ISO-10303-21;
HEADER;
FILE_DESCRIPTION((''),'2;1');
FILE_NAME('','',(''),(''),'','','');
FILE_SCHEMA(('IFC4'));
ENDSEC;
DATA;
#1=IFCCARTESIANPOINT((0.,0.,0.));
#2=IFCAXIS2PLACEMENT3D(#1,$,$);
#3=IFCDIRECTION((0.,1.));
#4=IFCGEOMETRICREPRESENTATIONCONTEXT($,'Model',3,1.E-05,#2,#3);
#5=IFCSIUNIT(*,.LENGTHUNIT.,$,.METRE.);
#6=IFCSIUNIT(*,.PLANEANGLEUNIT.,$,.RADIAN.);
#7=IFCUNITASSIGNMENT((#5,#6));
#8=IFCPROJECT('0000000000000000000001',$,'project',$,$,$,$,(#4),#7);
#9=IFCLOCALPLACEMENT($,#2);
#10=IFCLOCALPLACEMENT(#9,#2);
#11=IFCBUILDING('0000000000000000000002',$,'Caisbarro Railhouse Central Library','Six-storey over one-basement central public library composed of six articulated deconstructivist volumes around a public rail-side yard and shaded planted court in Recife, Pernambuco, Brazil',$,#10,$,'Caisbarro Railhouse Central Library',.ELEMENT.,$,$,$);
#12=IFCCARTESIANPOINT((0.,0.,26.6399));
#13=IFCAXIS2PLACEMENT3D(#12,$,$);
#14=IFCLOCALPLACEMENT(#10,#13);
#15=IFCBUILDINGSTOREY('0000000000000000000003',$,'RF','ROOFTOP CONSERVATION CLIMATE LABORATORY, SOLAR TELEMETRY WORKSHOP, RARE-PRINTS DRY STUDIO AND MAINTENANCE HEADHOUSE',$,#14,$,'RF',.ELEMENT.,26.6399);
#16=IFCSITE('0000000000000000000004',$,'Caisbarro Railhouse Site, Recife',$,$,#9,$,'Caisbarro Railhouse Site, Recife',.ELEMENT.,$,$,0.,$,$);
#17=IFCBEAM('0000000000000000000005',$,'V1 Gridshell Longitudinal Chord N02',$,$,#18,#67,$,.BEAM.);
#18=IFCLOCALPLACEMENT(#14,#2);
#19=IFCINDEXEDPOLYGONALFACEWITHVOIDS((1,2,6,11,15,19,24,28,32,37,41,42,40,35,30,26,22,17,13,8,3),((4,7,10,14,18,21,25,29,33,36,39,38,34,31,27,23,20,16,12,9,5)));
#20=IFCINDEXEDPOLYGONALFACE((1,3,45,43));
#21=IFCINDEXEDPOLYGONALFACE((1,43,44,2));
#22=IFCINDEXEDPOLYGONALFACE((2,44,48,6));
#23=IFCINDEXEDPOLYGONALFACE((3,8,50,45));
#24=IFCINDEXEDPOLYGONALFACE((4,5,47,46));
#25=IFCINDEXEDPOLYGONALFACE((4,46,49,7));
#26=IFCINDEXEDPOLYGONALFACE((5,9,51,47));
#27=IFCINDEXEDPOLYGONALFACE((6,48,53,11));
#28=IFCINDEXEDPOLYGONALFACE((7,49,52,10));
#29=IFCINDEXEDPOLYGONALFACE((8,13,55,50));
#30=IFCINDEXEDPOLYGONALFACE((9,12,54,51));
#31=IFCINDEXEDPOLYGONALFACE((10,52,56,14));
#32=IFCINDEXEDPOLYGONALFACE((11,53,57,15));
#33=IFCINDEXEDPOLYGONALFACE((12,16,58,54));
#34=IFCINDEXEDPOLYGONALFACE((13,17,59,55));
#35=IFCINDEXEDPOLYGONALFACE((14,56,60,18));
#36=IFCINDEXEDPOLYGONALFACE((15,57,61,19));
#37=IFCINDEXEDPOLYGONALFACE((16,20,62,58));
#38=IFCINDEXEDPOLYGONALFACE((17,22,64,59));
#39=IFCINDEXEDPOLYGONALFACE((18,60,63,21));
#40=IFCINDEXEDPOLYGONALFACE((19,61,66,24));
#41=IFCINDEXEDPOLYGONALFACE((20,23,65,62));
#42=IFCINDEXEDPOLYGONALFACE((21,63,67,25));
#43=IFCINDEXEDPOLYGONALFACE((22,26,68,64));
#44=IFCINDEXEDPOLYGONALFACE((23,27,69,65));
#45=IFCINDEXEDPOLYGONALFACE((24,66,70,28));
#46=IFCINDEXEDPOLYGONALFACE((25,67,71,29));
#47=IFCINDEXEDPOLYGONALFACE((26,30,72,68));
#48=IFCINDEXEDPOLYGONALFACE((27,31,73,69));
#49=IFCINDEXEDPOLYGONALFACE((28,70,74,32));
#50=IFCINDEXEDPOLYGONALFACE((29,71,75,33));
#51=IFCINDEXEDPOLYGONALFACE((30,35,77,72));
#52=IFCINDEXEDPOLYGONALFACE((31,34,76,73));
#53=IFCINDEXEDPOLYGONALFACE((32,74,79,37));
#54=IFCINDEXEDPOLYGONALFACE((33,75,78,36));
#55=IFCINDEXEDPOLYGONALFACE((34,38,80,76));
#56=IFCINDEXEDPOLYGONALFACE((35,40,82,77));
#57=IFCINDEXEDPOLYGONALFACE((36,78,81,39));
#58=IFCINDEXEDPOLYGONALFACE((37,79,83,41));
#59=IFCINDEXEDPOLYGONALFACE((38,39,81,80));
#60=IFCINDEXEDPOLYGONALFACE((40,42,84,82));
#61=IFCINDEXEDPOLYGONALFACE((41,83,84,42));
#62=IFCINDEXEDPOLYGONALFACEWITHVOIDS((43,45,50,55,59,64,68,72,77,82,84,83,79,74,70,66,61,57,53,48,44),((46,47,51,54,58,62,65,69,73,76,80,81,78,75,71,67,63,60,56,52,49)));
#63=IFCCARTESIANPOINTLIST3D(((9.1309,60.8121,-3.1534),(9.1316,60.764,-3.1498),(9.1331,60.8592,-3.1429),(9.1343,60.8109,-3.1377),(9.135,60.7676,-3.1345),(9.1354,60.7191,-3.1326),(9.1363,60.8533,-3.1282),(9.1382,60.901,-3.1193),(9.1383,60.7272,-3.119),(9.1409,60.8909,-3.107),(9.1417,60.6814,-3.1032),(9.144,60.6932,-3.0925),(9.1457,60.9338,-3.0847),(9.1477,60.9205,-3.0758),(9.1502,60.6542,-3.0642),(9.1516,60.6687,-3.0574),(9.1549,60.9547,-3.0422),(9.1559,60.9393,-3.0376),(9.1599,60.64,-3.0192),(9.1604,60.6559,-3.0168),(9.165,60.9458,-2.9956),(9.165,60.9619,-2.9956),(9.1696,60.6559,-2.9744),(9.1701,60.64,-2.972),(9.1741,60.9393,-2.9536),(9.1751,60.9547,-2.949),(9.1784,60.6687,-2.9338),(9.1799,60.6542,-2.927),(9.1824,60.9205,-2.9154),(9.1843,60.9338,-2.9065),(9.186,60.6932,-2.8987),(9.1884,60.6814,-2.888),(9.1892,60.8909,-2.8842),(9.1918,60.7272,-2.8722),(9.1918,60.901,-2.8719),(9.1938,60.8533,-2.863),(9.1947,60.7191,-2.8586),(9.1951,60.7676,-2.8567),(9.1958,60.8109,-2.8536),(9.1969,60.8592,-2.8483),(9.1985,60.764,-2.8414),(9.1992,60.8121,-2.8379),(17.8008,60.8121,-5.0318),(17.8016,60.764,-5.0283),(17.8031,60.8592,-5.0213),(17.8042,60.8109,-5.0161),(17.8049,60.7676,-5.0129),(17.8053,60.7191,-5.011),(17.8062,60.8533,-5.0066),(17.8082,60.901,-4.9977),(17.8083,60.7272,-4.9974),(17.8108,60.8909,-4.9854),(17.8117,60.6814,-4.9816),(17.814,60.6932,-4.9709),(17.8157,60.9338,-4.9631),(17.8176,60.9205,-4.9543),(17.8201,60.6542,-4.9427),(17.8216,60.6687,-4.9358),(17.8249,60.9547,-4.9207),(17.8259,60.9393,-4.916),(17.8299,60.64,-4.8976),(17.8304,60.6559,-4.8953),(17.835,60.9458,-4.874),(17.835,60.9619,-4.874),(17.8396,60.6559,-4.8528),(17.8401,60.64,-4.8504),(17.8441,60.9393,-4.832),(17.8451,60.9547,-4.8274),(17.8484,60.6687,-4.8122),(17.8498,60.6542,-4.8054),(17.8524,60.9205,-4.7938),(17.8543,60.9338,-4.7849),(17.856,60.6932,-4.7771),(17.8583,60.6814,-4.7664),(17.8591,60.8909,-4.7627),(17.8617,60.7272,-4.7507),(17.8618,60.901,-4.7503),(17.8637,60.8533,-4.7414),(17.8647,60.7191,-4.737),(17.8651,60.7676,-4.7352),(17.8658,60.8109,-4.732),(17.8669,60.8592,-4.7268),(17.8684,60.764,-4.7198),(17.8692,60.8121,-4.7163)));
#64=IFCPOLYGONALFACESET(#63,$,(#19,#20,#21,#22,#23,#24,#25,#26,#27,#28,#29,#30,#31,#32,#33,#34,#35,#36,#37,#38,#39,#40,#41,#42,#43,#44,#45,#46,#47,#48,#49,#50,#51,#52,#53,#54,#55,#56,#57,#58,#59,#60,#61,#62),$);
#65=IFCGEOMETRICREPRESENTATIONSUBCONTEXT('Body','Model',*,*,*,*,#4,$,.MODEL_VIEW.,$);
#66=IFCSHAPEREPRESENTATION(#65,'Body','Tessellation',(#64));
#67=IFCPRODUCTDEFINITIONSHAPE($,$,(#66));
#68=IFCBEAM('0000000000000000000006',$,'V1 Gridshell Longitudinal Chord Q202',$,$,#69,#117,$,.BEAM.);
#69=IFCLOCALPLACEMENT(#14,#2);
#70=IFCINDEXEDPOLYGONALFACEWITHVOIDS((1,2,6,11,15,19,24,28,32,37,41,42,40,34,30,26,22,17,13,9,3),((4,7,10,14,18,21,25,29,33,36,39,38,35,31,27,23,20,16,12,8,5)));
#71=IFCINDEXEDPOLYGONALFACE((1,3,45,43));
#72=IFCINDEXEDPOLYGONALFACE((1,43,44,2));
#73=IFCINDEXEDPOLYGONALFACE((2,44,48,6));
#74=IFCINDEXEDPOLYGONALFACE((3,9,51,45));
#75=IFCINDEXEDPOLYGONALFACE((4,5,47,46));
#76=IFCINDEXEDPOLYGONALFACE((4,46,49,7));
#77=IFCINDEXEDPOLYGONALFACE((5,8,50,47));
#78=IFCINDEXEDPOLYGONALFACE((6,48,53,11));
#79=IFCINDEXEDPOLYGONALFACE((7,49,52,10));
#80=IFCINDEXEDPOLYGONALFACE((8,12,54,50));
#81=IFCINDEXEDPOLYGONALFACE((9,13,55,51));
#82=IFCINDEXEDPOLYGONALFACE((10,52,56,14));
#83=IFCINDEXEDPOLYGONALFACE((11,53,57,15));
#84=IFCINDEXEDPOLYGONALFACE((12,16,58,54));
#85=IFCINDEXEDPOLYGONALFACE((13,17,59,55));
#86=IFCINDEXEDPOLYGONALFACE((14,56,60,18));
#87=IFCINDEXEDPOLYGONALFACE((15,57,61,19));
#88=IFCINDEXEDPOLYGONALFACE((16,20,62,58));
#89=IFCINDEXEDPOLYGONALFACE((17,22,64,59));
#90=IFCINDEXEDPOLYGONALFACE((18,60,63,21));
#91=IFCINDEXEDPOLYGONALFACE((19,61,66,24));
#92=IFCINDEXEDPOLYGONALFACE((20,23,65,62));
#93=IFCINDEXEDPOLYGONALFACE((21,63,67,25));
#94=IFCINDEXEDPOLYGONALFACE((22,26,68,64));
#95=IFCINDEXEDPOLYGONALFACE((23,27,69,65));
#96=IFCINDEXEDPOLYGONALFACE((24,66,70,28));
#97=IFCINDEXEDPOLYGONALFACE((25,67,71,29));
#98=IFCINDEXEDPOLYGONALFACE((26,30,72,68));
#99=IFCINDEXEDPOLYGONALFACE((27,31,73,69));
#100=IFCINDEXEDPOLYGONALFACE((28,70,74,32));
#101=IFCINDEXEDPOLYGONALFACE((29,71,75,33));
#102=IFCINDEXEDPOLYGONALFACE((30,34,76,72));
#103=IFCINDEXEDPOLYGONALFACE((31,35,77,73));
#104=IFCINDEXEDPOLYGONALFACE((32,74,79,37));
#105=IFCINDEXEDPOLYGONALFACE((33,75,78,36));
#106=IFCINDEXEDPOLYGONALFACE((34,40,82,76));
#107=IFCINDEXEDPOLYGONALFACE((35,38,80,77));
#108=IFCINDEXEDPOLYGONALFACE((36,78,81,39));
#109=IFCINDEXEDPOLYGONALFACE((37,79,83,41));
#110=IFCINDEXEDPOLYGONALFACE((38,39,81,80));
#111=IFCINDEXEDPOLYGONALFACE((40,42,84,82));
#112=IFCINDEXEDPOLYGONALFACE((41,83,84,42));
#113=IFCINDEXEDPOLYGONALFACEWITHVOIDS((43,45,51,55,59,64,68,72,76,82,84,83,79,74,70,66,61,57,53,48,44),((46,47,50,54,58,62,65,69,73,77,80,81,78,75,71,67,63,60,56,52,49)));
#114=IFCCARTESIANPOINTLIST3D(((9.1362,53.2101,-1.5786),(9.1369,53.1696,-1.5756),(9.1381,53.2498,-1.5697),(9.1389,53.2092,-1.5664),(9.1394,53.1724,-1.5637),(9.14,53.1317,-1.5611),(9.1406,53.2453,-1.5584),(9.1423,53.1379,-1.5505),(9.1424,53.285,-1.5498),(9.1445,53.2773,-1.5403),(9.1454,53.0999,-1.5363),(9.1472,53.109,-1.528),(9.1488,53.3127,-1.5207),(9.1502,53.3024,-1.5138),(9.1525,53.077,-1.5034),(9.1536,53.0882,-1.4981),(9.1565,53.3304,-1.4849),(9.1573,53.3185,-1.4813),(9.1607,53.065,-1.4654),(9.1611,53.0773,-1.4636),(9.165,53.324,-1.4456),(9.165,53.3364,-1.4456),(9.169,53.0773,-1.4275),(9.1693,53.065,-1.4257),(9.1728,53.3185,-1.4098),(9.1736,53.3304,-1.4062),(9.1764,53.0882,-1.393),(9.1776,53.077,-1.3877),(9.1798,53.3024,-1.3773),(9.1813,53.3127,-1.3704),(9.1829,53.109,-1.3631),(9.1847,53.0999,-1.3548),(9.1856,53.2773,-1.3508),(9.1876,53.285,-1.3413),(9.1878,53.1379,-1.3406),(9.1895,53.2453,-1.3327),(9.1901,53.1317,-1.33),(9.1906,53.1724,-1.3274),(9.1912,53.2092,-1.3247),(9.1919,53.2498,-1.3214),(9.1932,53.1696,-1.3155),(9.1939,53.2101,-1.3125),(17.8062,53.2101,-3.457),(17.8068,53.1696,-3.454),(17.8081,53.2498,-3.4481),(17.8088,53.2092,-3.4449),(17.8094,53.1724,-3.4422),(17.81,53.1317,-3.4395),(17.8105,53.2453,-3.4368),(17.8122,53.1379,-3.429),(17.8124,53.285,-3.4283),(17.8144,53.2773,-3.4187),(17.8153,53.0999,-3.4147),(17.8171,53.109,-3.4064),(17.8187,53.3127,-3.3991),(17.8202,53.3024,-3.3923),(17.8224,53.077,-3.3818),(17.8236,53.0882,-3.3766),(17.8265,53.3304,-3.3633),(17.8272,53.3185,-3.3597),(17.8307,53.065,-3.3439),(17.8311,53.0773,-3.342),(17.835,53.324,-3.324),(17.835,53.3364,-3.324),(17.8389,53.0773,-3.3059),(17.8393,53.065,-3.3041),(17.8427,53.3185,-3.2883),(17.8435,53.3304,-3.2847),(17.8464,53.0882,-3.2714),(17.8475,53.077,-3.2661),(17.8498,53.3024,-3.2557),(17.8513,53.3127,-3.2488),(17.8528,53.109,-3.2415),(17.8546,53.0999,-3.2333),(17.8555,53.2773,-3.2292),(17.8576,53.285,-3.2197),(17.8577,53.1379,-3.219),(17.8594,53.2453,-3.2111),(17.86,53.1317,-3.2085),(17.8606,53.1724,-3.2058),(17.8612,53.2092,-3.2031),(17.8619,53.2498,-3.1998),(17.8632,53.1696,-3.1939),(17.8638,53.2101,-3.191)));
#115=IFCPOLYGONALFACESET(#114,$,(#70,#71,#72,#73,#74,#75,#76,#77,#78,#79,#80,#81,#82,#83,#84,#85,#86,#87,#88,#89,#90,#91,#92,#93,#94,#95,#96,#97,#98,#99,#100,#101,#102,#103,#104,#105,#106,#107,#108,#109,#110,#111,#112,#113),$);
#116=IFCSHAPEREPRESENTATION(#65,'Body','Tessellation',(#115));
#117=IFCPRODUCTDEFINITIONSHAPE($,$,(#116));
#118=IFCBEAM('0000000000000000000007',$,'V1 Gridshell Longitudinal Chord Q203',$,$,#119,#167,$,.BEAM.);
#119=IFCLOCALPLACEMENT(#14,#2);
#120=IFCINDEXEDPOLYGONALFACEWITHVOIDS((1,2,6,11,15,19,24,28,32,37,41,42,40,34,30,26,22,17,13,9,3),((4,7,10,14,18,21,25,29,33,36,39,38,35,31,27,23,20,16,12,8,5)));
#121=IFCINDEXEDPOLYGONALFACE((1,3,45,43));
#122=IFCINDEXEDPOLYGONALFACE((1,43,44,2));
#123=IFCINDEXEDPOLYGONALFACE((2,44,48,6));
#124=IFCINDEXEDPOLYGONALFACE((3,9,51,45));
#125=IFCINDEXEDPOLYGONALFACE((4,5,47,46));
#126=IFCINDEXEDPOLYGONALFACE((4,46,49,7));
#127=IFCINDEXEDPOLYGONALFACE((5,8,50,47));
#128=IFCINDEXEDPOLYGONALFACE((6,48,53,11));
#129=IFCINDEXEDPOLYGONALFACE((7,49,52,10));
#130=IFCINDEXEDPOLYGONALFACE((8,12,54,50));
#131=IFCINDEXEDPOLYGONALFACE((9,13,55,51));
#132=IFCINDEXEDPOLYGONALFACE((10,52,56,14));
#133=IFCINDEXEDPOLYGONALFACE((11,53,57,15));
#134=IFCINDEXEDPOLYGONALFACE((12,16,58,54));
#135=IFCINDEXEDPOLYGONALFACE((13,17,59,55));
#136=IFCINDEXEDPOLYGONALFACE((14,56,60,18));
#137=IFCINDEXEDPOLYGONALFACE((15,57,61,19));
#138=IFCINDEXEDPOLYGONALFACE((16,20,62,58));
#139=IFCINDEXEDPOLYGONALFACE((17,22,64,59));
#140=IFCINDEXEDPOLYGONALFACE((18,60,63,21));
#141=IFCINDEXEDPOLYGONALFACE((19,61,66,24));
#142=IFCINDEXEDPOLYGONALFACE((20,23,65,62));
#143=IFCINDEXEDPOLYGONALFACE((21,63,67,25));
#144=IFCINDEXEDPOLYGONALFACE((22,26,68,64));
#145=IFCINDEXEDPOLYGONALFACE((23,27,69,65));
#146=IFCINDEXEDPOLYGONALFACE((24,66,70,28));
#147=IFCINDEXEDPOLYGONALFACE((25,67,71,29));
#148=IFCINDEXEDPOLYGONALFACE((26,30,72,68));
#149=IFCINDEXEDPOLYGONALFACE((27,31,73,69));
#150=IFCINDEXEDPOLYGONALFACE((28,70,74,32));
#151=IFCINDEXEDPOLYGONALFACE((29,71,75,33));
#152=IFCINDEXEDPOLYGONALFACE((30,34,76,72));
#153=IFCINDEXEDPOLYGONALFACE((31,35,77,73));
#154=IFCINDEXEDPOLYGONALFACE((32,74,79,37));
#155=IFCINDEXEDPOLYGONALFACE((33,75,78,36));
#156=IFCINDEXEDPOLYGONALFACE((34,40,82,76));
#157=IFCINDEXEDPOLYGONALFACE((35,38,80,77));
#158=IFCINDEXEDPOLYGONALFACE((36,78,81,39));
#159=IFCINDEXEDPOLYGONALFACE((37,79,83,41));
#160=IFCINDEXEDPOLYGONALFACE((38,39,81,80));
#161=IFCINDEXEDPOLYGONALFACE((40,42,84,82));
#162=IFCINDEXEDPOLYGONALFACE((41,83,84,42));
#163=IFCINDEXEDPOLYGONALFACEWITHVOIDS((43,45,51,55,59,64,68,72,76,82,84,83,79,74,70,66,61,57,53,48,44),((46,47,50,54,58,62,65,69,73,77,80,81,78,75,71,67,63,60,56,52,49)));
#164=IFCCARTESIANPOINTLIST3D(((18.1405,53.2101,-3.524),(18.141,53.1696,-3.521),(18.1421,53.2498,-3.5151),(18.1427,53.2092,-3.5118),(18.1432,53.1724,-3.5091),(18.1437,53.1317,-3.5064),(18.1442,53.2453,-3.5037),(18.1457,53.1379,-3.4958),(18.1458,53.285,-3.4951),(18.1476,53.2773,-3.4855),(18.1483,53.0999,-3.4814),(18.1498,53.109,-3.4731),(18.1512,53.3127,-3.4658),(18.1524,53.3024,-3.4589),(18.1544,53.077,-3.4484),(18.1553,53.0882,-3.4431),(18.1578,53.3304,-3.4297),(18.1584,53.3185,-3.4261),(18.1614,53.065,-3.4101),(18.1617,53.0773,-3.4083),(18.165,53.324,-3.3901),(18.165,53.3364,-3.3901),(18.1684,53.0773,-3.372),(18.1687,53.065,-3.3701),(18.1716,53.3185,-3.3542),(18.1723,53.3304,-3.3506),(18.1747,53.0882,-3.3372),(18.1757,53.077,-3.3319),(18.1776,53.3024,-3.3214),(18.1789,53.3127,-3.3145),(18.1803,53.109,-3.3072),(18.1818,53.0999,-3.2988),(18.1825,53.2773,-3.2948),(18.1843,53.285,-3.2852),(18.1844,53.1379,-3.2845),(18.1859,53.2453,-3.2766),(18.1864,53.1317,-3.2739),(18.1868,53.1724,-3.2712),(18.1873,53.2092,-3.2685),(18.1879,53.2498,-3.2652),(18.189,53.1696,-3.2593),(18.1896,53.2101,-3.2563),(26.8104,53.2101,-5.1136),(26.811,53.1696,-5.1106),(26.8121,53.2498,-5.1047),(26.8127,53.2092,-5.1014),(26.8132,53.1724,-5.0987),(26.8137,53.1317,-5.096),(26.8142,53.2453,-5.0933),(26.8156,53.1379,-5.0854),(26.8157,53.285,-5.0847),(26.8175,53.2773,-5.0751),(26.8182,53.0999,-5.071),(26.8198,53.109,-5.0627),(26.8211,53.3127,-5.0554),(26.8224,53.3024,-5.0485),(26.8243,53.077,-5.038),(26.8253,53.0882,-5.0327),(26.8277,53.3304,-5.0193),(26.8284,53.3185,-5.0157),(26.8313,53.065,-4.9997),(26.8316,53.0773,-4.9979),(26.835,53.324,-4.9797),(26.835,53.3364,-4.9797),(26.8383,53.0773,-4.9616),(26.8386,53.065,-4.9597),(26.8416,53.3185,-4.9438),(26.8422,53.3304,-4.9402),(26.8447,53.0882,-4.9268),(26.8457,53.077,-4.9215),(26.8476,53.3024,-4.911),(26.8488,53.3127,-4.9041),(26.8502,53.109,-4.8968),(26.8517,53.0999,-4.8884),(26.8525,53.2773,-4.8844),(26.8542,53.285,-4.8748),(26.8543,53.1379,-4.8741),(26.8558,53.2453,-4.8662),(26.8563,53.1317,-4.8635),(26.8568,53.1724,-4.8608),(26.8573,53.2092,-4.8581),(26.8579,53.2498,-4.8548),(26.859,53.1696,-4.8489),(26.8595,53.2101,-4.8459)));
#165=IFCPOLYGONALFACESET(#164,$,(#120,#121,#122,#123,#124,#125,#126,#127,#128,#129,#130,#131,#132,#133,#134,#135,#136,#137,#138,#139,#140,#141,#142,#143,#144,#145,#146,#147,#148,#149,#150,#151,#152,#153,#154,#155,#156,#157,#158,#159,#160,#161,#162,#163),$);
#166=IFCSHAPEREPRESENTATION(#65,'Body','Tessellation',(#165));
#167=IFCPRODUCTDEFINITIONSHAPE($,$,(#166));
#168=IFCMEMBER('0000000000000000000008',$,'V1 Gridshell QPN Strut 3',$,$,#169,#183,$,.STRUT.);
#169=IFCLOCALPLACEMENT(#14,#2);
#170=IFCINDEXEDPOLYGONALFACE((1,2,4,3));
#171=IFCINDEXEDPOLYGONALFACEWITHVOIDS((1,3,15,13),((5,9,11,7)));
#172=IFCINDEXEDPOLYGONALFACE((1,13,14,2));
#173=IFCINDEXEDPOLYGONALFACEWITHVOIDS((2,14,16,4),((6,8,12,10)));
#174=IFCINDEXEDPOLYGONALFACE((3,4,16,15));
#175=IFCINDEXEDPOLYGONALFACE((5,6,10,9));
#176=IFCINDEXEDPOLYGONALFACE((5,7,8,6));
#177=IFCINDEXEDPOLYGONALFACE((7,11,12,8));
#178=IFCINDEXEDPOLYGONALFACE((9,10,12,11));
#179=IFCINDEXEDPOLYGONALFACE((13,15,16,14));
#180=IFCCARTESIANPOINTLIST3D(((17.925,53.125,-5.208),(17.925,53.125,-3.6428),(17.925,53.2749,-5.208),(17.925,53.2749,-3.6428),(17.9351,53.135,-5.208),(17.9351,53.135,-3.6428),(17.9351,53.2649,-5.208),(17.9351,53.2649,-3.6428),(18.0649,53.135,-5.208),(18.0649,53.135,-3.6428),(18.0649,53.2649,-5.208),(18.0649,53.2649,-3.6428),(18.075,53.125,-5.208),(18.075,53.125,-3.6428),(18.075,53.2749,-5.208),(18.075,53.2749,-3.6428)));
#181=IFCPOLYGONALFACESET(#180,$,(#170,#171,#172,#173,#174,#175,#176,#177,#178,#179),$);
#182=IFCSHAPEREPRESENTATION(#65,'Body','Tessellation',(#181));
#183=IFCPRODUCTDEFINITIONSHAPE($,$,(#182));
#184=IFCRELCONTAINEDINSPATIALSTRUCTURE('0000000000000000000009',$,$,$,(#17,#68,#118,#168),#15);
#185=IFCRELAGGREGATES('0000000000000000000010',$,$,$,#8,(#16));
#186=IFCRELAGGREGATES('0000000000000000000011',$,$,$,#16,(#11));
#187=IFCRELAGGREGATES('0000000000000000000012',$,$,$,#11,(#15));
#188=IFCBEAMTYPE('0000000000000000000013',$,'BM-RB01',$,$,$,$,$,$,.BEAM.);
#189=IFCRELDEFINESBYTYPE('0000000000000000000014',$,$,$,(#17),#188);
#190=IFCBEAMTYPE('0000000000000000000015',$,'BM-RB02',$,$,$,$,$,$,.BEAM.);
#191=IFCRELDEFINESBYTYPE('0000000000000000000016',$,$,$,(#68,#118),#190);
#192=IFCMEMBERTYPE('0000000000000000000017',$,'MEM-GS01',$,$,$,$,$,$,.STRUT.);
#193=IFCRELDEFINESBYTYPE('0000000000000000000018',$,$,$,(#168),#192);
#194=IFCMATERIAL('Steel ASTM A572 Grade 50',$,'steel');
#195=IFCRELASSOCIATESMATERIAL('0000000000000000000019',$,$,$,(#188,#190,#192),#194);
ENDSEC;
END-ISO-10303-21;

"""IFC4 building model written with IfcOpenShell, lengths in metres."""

from ifc_helpers import new_model, si_unit, direction, frame, origin, origin_2d, place, context, subcontext, project, spatial, hollow_rectangle, hollow_circle, extrude, material, material_profile, profile_set, type_object, element, save


model = new_model("IFC4")

# Units and contexts
model_context = context("Model", 3, precision=1e-05, world=origin(), true_north=direction((0.0, 1.0)))
body_context = subcontext(model_context, "Body", "Model", "MODEL_VIEW")
ifc_project = project(units=[si_unit("LENGTHUNIT", "METRE"), si_unit("PLANEANGLEUNIT", "RADIAN")], contexts=[model_context])

# Site, building, storey
site_placement = place(None, origin())
site = spatial("IfcSite", under=ifc_project, at=site_placement, Name="Caisbarro Railhouse Site, Recife", LongName="Caisbarro Railhouse Site, Recife", CompositionType="ELEMENT", RefElevation=0.0)
building_placement = place(site_placement, origin())
building = spatial("IfcBuilding", under=site, at=building_placement, Name="Caisbarro Railhouse Central Library", Description="Six-storey over one-basement central public library composed of six articulated deconstructivist volumes around a public rail-side yard and shaded planted court in Recife, Pernambuco, Brazil", LongName="Caisbarro Railhouse Central Library", CompositionType="ELEMENT")
storey_placement = place(building_placement, frame((0.0, 0.0, 26.6399)))
storey = spatial("IfcBuildingStorey", under=building, at=storey_placement, Name="RF", Description="ROOFTOP CONSERVATION CLIMATE LABORATORY, SOLAR TELEMETRY WORKSHOP, RARE-PRINTS DRY STUDIO AND MAINTENANCE HEADHOUSE", LongName="RF", CompositionType="ELEMENT", Elevation=26.6399)

# Beams
ifc_material = material(Name="Steel ASTM A572 Grade 50", Category="steel")
ifc_material_profile_1 = material_profile(ifc_material, hollow_circle(Radius=0.1619, WallThickness=0.0161, at=origin_2d()), Name="CHS323.9X16.0")
ifc_profile_set_1 = profile_set([ifc_material_profile_1], Name="Steel ASTM A572 Grade 50")
beam_type_1 = type_object("IfcBeamType", Name="BM-RB01", PredefinedType="BEAM", material=ifc_profile_set_1)
beam_1_placement = place(storey_placement, frame((9.165, 60.8, -2.9956), z_axis=(0.977325, 0.0, -0.211746), x_axis=(0.0, 1.0, 0.0)))
element("IfcBeam", 1, at=beam_1_placement, inside=storey, type_object=beam_type_1, Name="V1 Gridshell Longitudinal Chord N02", PredefinedType="BEAM", context=body_context, shape_type="SweptSolid", body=[
    extrude(hollow_circle(Radius=0.1619, WallThickness=0.0161, at=origin_2d()), origin(), (0.0, 0.0, 1.0), 8.8711),
])
ifc_material_profile_2 = material_profile(ifc_material, hollow_circle(Radius=0.1365, WallThickness=0.0125, at=origin_2d()), Name="CHS273.0X12.5")
ifc_profile_set_2 = profile_set([ifc_material_profile_2], Name="Steel ASTM A572 Grade 50")
beam_type_2 = type_object("IfcBeamType", Name="BM-RB02", PredefinedType="BEAM", material=ifc_profile_set_2)
beam_2_placement = place(storey_placement, frame((9.165, 53.2, -1.4456), z_axis=(0.977325, 0.0, -0.211746), x_axis=(0.0, 1.0, 0.0)))
element("IfcBeam", 2, at=beam_2_placement, inside=storey, type_object=beam_type_2, Name="V1 Gridshell Longitudinal Chord Q202", PredefinedType="BEAM", context=body_context, shape_type="SweptSolid", body=[
    extrude(hollow_circle(Radius=0.1365, WallThickness=0.0125, at=origin_2d()), origin(), (0.0, 0.0, 1.0), 8.8711),
])
beam_3_placement = place(storey_placement, frame((18.165, 53.2, -3.3901), z_axis=(0.983604, 0.0, -0.18034), x_axis=(0.0, 1.0, 0.0)))
element("IfcBeam", 3, at=beam_3_placement, inside=storey, type_object=beam_type_2, Name="V1 Gridshell Longitudinal Chord Q203", PredefinedType="BEAM", context=body_context, shape_type="SweptSolid", body=[
    extrude(hollow_circle(Radius=0.1365, WallThickness=0.0125, at=origin_2d()), origin(), (0.0, 0.0, 1.0), 8.8145),
])

# Member
ifc_material_profile_3 = material_profile(ifc_material, hollow_rectangle(XDim=0.1499, YDim=0.1499, WallThickness=0.01, at=origin_2d()), Name="HSS150X150X10")
ifc_profile_set_3 = profile_set([ifc_material_profile_3], Name="Steel ASTM A572 Grade 50")
member_type_1 = type_object("IfcMemberType", Name="MEM-GS01", PredefinedType="STRUT", material=ifc_profile_set_3)
member_1_placement = place(storey_placement, frame((18.0, 53.2, -5.208), z_axis=(0.0, 0.0, 1.0), x_axis=(1.0, 0.0, 0.0)))
element("IfcMember", 4, at=member_1_placement, inside=storey, type_object=member_type_1, Name="V1 Gridshell QPN Strut 3", PredefinedType="STRUT", context=body_context, shape_type="SweptSolid", body=[
    extrude(hollow_rectangle(XDim=0.1499, YDim=0.1499, WallThickness=0.01, at=origin_2d()), origin(), (0.0, 0.0, 1.0), 1.5652),
])

save(model, "model.ifc")
